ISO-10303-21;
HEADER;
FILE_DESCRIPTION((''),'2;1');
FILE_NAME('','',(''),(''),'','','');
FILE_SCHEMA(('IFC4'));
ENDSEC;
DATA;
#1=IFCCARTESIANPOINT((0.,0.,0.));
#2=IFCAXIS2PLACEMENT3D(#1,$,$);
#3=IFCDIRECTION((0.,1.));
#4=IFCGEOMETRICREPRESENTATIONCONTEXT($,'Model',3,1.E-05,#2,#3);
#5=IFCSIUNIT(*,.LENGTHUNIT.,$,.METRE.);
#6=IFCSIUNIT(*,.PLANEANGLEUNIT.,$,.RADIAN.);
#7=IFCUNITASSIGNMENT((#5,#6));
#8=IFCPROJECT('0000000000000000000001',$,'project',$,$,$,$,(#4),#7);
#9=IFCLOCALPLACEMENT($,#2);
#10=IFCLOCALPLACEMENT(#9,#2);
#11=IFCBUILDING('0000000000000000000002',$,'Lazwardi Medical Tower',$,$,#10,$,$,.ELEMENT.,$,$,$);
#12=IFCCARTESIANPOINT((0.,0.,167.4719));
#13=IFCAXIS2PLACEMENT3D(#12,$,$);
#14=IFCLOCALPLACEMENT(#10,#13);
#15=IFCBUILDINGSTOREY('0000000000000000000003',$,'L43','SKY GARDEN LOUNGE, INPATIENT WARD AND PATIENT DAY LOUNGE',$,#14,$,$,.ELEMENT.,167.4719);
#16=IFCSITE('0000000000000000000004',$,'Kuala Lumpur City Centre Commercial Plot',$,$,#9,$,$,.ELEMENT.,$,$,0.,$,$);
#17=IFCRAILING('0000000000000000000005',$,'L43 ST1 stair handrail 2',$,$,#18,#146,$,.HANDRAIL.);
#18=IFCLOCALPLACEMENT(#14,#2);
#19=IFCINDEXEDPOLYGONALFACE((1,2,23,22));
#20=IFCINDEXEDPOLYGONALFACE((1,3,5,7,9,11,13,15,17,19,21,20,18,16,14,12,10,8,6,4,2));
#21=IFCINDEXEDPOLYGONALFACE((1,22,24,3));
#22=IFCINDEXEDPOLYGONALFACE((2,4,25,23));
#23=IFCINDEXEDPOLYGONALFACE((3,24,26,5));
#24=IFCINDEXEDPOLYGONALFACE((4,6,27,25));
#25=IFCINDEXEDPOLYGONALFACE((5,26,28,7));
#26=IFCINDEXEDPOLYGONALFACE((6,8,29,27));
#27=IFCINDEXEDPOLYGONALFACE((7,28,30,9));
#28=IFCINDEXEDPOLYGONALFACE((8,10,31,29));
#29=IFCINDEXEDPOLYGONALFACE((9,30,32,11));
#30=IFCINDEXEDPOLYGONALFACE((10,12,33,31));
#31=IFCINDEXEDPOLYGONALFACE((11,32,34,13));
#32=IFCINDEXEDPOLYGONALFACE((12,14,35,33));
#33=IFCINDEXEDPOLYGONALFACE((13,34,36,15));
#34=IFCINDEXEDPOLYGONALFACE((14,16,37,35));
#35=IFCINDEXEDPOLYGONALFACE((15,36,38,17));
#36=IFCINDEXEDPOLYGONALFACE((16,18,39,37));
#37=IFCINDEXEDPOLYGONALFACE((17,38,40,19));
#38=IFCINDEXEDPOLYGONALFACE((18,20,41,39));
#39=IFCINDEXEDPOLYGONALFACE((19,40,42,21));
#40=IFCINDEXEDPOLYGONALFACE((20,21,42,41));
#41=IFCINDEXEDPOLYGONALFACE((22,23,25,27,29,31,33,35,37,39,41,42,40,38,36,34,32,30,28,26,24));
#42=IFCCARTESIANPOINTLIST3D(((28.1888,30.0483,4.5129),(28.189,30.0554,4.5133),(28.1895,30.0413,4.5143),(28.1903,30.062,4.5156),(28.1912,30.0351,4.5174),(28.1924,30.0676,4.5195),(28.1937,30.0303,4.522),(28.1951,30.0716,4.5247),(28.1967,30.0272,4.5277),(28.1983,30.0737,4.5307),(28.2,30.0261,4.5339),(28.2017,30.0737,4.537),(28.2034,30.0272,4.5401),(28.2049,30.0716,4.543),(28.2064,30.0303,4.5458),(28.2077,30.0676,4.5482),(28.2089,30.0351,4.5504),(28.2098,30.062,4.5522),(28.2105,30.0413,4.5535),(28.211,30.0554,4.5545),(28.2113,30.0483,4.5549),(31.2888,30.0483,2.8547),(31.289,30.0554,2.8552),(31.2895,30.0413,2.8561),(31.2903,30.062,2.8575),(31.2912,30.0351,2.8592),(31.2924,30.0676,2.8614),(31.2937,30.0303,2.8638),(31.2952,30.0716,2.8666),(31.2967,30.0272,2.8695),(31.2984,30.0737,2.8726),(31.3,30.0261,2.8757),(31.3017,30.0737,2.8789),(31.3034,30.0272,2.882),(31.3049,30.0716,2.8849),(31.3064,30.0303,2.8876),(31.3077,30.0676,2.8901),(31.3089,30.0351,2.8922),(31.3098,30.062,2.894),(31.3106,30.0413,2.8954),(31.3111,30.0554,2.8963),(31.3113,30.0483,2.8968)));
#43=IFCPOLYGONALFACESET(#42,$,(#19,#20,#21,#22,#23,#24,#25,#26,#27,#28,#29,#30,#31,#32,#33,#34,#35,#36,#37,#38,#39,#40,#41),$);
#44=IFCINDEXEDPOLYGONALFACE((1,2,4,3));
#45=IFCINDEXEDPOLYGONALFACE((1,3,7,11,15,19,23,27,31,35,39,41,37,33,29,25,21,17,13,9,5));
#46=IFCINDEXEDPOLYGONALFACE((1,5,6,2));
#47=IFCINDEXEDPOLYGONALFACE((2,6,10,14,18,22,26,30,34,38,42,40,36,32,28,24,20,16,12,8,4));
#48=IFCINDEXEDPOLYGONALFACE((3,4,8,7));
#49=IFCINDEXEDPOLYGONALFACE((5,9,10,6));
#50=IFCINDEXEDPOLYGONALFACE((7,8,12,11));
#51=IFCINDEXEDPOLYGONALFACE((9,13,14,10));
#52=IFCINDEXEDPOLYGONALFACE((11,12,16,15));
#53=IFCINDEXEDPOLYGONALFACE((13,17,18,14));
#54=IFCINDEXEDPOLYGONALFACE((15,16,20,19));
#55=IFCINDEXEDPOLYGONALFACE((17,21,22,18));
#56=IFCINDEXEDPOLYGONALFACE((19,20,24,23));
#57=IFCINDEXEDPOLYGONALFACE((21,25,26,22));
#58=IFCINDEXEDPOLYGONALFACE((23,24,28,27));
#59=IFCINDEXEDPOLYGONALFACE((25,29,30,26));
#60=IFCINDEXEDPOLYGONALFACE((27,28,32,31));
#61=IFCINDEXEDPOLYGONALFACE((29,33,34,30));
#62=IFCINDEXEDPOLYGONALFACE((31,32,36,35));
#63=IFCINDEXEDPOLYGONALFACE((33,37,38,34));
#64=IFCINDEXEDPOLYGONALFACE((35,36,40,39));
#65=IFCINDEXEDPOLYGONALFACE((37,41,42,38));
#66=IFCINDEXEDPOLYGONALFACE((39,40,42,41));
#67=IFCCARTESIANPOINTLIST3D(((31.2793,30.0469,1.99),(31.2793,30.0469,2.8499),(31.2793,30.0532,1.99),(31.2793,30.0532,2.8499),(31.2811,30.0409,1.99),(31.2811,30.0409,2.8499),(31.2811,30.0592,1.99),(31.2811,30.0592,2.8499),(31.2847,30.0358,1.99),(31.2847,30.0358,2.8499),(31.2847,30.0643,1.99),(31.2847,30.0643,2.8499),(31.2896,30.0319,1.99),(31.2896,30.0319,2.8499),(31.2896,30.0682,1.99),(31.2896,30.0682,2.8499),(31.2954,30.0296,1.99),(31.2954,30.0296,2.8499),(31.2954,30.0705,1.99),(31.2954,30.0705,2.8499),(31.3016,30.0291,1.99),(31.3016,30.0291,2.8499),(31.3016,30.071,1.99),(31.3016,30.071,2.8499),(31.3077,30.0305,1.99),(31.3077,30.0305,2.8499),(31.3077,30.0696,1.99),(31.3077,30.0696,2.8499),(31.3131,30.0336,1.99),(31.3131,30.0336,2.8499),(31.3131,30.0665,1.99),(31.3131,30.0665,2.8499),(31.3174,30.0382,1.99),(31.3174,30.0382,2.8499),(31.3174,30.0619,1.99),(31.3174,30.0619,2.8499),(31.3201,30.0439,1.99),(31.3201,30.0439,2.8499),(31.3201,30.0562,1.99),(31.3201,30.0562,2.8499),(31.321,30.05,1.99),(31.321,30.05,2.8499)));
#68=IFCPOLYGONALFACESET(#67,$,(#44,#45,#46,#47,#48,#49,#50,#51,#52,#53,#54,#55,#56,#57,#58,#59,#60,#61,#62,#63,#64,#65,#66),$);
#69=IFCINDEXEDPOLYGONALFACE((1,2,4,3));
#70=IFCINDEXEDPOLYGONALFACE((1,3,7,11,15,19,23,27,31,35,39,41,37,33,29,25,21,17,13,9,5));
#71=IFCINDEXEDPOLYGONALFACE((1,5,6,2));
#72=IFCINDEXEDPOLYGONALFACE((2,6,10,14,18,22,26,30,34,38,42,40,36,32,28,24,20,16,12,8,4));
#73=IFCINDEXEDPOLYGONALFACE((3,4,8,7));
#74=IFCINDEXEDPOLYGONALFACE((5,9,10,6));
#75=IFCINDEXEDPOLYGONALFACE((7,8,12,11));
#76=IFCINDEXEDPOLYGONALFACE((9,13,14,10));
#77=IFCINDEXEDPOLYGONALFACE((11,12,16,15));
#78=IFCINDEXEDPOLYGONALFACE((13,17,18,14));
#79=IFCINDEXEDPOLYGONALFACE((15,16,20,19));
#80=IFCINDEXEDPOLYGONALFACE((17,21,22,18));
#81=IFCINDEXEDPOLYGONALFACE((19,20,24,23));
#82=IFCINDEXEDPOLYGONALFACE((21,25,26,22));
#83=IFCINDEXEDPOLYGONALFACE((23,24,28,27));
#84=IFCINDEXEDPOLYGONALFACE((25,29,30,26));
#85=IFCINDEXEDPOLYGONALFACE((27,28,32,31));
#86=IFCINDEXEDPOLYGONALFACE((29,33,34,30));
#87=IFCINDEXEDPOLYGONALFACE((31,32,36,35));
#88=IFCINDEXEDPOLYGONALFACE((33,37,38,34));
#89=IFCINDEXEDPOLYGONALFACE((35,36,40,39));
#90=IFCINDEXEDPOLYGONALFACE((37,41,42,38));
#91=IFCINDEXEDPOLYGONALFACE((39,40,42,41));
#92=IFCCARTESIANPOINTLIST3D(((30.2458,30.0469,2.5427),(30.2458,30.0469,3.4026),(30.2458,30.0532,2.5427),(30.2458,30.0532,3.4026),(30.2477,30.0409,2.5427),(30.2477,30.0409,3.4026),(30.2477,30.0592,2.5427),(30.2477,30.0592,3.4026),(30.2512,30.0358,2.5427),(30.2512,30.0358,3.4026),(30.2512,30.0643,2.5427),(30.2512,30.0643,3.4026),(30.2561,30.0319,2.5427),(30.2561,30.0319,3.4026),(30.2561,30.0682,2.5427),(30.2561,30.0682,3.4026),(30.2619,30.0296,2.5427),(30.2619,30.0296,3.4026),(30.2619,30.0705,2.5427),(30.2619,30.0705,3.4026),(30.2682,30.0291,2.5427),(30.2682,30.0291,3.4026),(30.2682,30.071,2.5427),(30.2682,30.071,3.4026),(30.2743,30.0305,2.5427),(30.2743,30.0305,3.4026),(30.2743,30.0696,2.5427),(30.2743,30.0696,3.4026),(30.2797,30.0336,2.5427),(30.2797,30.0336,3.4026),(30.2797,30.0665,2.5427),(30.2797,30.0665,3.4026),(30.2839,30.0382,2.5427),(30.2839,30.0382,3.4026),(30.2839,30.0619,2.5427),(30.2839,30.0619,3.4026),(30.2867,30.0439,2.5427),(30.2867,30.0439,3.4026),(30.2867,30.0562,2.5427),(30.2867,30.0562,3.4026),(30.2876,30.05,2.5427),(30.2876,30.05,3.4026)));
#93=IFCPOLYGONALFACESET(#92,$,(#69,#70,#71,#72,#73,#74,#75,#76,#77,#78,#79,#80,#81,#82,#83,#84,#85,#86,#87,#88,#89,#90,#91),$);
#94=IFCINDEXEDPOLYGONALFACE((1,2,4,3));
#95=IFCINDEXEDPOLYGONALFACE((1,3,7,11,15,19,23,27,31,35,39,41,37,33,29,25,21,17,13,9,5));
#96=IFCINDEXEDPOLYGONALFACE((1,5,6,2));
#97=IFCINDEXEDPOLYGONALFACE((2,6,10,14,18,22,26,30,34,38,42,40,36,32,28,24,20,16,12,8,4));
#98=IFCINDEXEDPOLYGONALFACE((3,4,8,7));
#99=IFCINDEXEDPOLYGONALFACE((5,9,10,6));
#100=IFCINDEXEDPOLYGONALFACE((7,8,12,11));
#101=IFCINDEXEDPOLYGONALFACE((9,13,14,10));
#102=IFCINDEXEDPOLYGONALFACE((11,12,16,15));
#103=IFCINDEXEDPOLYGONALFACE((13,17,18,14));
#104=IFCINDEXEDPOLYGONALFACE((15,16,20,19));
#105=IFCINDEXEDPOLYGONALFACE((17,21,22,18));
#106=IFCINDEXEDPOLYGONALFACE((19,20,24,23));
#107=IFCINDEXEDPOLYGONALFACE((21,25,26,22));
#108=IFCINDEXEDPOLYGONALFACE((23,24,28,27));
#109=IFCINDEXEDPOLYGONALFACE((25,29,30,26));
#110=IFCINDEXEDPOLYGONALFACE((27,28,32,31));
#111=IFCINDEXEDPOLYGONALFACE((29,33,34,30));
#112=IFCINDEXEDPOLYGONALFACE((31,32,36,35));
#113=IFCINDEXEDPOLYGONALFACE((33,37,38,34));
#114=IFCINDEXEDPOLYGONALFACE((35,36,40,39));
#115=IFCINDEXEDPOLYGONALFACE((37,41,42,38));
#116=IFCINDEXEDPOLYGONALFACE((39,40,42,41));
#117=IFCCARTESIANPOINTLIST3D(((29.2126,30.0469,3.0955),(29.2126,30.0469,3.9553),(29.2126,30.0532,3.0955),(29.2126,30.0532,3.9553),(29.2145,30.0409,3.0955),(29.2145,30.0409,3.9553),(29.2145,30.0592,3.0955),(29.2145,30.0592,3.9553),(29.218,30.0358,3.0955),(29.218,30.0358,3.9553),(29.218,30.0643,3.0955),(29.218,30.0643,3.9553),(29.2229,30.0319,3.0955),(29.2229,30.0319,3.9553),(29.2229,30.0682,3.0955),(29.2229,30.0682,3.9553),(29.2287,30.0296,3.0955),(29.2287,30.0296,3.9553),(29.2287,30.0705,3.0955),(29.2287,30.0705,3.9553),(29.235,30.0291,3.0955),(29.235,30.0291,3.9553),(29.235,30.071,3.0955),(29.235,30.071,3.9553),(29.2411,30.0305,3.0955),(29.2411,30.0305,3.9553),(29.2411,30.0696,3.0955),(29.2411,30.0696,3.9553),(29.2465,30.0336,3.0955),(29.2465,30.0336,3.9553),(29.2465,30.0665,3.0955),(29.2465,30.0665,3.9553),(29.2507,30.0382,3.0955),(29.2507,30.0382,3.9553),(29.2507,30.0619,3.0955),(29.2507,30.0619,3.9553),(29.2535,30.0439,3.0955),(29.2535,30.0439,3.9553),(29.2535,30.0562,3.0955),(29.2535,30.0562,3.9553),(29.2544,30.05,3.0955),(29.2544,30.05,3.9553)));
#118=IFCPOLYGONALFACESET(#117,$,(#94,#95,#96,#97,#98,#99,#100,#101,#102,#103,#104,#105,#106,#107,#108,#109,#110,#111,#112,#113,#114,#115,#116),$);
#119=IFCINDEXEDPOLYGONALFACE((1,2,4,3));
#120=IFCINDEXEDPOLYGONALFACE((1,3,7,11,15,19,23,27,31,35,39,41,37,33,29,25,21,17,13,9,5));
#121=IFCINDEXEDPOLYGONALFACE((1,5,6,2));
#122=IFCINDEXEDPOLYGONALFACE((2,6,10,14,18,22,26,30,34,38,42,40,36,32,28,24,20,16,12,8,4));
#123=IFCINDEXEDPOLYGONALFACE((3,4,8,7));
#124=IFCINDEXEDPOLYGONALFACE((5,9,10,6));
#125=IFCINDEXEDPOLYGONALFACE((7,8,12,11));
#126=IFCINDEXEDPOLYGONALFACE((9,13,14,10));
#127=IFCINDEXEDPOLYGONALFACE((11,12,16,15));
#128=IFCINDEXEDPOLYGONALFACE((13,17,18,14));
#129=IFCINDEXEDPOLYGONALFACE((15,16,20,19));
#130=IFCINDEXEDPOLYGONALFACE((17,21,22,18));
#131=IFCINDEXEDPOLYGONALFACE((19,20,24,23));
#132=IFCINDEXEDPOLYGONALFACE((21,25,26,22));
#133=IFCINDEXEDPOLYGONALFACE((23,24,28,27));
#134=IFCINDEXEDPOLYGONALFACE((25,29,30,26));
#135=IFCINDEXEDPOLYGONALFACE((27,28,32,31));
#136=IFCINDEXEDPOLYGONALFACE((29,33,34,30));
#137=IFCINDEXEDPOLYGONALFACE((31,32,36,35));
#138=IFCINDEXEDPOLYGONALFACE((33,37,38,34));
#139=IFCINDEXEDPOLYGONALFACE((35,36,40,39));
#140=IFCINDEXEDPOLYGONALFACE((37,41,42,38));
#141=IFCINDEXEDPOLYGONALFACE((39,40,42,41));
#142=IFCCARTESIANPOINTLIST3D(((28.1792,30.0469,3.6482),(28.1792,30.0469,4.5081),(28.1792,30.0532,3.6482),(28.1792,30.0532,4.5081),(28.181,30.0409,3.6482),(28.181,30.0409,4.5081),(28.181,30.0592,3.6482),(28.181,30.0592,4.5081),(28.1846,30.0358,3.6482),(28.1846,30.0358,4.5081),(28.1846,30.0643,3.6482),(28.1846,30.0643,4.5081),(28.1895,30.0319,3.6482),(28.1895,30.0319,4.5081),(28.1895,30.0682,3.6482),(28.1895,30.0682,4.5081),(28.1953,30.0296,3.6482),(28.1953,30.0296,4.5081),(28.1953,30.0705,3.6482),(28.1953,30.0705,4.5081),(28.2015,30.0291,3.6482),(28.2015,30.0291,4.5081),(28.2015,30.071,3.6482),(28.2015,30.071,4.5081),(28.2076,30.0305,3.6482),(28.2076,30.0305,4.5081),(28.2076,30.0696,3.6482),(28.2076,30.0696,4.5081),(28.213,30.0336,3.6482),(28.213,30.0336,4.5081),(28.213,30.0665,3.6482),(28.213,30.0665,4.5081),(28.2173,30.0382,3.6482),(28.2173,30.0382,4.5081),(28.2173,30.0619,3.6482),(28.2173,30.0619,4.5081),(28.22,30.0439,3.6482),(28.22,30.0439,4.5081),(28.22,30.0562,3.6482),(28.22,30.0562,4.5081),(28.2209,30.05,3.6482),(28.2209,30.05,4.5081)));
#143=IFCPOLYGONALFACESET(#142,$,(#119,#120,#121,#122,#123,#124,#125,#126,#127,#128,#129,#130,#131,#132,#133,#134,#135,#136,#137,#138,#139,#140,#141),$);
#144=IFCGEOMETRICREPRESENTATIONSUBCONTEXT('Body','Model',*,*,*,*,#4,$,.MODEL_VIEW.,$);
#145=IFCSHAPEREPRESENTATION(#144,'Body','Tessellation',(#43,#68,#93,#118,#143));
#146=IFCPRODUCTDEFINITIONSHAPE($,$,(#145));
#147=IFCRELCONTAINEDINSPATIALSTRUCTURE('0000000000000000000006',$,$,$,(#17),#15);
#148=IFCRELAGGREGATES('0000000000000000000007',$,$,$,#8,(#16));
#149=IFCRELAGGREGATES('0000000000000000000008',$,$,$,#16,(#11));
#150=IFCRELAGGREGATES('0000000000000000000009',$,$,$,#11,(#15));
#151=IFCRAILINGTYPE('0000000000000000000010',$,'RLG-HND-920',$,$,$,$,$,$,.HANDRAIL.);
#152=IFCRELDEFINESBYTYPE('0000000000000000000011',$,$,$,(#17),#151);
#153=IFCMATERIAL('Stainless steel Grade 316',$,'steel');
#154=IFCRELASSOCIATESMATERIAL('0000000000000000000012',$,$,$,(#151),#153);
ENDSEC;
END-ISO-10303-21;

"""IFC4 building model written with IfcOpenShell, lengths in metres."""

from ifc_helpers import new_model, si_unit, direction, frame, origin, origin_2d, place, context, subcontext, project, spatial, circle, extrude, material, type_object, element, save


model = new_model("IFC4")

# Units and contexts
model_context = context("Model", 3, precision=1e-05, world=origin(), true_north=direction((0.0, 1.0)))
body_context = subcontext(model_context, "Body", "Model", "MODEL_VIEW")
ifc_project = project(units=[si_unit("LENGTHUNIT", "METRE"), si_unit("PLANEANGLEUNIT", "RADIAN")], contexts=[model_context])

# Site, building, storey
site_placement = place(None, origin())
site = spatial("IfcSite", under=ifc_project, at=site_placement, Name="Kuala Lumpur City Centre Commercial Plot", CompositionType="ELEMENT", RefElevation=0.0)
building_placement = place(site_placement, origin())
building = spatial("IfcBuilding", under=site, at=building_placement, Name="Lazwardi Medical Tower", CompositionType="ELEMENT")
storey_placement = place(building_placement, frame((0.0, 0.0, 167.4719)))
storey = spatial("IfcBuildingStorey", under=building, at=storey_placement, Name="L43", Description="SKY GARDEN LOUNGE, INPATIENT WARD AND PATIENT DAY LOUNGE", CompositionType="ELEMENT", Elevation=167.4719)

# Railing
ifc_material_1 = material(Name="Stainless steel Grade 316", Category="steel")
railing_type = type_object("IfcRailingType", Name="RLG-HND-920", PredefinedType="HANDRAIL", material=ifc_material_1)
railing_placement = place(storey_placement, frame((31.3, 30.05, 1.99)))
element("IfcRailing", 1, at=railing_placement, inside=storey, type_object=railing_type, Name="L43 ST1 stair handrail 2", PredefinedType="HANDRAIL", context=body_context, shape_type="SweptSolid", body=[
    extrude(circle(Radius=0.0239, at=origin_2d()), frame((0.0, 0.0, 0.8857), z_axis=(-0.881783, 0.0, 0.471655), x_axis=(0.0, -1.0, 0.0)), (0.0, 0.0, 1.0), 3.5156),
    extrude(circle(Radius=0.021, at=origin_2d()), origin(), (0.0, 0.0, 1.0), 0.8599),
    extrude(circle(Radius=0.021, at=origin_2d()), frame((-1.0334, 0.0, 0.5527)), (0.0, 0.0, 1.0), 0.8599),
    extrude(circle(Radius=0.021, at=origin_2d()), frame((-2.0667, 0.0, 1.1055)), (0.0, 0.0, 1.0), 0.8599),
    extrude(circle(Radius=0.021, at=origin_2d()), frame((-3.1001, 0.0, 1.6582)), (0.0, 0.0, 1.0), 0.8599),
])

save(model, "model.ifc")
